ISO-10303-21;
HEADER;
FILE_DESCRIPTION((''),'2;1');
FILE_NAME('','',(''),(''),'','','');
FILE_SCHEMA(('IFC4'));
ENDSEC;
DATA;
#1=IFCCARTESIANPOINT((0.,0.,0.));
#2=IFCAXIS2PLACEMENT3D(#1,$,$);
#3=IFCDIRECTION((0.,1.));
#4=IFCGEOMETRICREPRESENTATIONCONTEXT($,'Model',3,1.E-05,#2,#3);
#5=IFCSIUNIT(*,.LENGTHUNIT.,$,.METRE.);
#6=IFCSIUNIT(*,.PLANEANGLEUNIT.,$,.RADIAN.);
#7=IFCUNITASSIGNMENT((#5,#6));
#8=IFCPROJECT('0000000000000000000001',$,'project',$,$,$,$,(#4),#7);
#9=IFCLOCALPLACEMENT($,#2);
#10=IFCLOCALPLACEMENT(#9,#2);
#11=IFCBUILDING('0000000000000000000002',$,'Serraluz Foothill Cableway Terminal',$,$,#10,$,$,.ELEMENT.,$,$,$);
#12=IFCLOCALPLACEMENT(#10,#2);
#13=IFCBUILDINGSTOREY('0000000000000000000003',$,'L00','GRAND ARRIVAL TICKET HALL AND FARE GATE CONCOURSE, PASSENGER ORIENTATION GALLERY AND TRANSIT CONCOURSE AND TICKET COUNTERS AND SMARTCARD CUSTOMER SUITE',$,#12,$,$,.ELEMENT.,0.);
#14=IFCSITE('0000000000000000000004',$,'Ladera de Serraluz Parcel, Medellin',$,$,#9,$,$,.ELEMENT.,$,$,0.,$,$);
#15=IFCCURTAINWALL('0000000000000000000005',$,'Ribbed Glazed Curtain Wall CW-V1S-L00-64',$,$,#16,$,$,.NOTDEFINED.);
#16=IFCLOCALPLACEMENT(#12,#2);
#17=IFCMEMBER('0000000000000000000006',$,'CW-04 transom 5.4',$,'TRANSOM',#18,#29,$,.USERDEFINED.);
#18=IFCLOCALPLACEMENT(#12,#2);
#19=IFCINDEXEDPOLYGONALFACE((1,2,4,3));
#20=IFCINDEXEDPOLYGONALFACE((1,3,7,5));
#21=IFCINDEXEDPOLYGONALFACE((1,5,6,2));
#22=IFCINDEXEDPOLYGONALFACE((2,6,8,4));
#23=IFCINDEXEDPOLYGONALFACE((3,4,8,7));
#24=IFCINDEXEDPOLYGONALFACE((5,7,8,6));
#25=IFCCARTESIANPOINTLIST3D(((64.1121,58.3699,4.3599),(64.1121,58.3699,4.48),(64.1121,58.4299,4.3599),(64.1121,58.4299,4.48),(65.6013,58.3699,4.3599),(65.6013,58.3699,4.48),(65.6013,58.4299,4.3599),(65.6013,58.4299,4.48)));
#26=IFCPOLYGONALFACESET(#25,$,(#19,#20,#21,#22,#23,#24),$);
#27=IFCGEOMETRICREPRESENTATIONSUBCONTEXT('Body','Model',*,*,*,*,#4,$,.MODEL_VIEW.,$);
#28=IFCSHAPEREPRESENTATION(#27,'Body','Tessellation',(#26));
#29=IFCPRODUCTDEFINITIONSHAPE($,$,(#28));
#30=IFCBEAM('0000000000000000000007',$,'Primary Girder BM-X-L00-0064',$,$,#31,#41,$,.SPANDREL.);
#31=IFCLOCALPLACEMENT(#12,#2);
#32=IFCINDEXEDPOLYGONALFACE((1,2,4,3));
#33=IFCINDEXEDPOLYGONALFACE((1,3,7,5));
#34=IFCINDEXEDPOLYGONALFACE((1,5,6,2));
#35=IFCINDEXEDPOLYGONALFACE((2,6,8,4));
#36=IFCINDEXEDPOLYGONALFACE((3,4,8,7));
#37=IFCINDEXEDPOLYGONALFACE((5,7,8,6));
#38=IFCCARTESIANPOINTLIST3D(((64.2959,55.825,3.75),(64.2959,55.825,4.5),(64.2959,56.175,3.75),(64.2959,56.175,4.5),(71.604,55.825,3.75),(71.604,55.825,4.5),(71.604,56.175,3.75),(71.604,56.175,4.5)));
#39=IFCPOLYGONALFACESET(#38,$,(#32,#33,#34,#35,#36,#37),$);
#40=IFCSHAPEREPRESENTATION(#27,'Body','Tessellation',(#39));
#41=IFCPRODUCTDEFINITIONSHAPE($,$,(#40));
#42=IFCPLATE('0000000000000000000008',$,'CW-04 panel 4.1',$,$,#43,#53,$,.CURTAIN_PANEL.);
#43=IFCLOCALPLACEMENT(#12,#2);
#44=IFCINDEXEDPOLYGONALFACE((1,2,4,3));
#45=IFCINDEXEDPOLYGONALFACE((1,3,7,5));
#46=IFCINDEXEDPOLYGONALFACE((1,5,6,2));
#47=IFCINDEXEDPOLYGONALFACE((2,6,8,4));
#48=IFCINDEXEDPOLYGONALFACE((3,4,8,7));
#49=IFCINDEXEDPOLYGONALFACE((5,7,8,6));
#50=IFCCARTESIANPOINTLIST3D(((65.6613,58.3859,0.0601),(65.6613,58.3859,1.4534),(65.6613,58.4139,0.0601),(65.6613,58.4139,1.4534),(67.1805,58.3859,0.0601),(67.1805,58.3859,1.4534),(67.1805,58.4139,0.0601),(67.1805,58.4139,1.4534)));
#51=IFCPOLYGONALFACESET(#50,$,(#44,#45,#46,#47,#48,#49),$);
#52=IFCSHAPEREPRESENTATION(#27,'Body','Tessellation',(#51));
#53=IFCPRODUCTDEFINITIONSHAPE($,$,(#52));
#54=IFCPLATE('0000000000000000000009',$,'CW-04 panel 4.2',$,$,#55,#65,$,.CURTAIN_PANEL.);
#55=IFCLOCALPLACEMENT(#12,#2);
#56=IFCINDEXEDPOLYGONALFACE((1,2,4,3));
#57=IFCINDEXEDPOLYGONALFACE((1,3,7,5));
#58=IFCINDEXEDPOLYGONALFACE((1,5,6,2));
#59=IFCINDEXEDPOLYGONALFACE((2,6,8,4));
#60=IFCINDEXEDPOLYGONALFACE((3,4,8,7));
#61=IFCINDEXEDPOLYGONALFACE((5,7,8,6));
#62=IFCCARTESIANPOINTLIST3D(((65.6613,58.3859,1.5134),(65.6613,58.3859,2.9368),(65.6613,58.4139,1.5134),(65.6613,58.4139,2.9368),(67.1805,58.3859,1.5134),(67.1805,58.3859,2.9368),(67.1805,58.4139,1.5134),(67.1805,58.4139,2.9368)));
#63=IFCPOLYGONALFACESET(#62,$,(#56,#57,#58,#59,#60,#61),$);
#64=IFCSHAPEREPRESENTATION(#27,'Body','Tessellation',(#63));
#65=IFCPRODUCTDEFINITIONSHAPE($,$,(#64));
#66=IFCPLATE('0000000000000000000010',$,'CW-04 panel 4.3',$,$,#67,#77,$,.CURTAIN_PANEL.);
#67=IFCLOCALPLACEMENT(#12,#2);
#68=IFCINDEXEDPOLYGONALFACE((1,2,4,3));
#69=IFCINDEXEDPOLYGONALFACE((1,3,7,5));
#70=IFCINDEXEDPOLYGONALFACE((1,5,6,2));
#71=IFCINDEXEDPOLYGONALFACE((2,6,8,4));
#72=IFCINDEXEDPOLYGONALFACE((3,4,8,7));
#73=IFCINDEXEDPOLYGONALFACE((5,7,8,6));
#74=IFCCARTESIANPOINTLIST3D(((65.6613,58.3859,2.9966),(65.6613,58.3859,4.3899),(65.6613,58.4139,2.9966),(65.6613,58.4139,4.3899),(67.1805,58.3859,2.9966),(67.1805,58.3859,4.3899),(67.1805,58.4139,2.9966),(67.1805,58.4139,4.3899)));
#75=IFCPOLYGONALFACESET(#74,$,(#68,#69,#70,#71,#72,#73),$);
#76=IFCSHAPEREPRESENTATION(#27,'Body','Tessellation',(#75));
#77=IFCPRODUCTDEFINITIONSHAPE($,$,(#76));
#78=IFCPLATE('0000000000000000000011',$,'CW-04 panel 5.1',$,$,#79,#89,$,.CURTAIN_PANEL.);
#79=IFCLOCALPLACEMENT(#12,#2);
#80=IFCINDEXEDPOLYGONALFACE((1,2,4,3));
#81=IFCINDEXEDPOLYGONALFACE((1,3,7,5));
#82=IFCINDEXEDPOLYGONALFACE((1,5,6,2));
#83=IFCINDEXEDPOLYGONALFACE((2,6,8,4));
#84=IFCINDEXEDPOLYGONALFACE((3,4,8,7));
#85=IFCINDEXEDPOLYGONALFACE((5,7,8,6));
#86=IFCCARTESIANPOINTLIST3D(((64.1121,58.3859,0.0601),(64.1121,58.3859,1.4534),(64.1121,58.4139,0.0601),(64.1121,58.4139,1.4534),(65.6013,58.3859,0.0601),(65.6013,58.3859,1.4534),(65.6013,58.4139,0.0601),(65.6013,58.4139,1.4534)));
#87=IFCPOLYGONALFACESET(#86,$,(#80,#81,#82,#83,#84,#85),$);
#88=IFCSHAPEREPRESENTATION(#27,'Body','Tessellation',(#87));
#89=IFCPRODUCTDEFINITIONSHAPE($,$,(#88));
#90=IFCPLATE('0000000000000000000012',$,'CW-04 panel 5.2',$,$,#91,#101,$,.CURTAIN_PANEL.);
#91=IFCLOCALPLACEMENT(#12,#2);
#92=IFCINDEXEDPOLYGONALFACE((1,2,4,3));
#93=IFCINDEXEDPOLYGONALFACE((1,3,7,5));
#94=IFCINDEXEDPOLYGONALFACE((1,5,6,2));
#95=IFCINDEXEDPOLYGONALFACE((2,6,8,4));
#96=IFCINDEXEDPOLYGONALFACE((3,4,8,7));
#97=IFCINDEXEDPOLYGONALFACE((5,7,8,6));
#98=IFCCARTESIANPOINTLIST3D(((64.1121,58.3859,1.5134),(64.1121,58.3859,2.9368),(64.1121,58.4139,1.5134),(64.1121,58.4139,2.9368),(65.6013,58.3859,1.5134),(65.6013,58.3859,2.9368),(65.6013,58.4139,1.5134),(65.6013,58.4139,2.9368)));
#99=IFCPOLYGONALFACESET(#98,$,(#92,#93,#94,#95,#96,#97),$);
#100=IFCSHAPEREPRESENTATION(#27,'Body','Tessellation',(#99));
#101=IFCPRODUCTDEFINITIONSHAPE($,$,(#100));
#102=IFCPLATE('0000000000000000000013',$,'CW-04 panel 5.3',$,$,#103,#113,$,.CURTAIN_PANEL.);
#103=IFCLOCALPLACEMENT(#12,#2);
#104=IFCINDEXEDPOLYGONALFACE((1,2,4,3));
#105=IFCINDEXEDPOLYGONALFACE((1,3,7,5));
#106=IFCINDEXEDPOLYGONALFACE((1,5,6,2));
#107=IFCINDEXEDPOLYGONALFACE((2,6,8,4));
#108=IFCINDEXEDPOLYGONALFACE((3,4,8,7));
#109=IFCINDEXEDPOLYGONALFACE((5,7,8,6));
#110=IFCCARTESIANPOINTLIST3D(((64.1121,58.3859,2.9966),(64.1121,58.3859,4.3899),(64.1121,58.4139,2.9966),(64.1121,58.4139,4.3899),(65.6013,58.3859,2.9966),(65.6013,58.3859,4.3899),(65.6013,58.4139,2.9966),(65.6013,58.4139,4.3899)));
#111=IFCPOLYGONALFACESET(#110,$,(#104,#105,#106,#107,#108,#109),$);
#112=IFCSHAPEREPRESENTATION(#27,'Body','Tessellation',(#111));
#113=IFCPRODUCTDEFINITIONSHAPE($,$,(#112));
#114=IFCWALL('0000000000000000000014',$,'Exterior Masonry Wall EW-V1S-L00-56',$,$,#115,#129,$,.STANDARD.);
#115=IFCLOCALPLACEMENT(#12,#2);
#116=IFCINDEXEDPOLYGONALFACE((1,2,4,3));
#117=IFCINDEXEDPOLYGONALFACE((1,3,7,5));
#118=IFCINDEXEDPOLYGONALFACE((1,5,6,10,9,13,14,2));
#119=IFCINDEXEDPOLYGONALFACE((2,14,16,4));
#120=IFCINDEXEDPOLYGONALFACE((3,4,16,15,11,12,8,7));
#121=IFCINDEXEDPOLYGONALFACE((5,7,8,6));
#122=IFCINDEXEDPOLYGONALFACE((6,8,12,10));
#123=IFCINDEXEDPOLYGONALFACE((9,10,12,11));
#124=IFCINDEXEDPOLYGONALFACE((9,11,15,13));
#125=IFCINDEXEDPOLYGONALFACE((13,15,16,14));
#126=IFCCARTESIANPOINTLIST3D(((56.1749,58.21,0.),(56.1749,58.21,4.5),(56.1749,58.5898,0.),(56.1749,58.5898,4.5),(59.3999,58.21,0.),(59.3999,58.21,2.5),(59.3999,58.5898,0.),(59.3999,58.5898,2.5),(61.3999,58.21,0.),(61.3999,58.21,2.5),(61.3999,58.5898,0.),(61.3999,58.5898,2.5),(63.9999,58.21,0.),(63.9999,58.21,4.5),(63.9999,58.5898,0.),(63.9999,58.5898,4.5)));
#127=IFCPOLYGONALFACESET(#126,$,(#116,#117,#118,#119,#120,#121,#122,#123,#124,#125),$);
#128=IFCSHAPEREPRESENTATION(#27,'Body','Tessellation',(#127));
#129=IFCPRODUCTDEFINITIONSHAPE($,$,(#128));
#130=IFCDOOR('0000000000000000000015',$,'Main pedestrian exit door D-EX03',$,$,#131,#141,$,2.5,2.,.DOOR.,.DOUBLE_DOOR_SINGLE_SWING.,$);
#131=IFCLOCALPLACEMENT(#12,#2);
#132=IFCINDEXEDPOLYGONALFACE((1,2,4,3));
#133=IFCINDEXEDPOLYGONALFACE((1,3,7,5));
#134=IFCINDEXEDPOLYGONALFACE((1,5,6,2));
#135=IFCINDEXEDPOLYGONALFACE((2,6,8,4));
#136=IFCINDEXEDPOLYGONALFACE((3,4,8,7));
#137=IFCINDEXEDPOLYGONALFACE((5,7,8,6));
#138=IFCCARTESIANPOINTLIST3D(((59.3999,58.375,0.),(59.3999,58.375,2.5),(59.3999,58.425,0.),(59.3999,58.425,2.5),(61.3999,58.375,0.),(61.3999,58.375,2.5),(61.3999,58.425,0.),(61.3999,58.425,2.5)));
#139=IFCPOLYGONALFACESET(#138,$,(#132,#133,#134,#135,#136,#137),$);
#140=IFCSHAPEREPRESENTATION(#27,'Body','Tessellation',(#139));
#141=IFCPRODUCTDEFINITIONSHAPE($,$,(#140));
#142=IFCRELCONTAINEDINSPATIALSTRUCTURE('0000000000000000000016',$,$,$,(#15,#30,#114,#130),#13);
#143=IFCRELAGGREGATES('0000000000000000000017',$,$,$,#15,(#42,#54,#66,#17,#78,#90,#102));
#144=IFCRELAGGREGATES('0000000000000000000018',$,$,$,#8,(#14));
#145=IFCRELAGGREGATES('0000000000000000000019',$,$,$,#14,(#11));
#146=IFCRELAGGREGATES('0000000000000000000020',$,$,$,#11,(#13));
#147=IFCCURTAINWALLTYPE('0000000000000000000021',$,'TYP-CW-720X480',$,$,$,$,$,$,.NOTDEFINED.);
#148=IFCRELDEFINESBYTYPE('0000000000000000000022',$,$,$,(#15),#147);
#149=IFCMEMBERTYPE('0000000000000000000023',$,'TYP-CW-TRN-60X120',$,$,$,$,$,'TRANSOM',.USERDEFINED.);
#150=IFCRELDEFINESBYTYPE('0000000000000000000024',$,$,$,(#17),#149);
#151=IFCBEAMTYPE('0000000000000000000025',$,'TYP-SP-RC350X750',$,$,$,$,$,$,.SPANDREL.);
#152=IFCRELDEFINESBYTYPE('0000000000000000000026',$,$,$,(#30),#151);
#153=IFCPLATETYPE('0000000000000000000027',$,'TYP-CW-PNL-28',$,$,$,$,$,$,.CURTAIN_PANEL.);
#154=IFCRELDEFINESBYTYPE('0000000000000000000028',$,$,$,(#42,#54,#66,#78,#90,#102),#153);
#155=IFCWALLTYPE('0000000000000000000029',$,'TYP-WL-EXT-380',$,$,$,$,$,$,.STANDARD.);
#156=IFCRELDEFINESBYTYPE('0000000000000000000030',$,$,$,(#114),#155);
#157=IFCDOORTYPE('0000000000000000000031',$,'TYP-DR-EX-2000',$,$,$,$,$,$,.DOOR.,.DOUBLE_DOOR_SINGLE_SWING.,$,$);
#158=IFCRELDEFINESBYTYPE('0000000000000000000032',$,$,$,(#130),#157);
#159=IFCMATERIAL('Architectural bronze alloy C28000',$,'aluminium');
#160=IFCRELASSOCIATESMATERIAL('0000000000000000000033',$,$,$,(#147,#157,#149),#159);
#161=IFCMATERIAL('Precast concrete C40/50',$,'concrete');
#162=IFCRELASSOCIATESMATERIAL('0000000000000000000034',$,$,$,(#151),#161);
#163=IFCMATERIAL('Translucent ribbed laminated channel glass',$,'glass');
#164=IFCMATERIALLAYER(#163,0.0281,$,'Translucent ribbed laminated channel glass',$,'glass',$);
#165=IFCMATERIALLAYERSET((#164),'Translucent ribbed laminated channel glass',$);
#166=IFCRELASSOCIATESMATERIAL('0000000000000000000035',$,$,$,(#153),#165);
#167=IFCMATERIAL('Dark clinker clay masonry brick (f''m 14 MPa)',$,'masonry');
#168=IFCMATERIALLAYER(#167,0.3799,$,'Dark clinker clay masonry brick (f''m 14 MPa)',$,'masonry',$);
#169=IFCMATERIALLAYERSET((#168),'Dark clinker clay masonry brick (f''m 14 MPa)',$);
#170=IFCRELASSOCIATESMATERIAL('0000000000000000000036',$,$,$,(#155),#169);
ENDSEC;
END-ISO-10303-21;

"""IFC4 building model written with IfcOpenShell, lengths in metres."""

from ifc_helpers import new_model, si_unit, direction, frame, frame_2d, origin, origin_2d, place, context, subcontext, project, spatial, rectangle, extrude, material, layer, layer_set, material_profile, profile_set, type_object, element, fill, aggregate, save


model = new_model("IFC4")

# Units and contexts
model_context = context("Model", 3, precision=1e-05, world=origin(), true_north=direction((0.0, 1.0)))
body_context = subcontext(model_context, "Body", "Model", "MODEL_VIEW")
ifc_project = project(units=[si_unit("LENGTHUNIT", "METRE"), si_unit("PLANEANGLEUNIT", "RADIAN")], contexts=[model_context])

# Site, building, storey
site_placement = place(None, origin())
site = spatial("IfcSite", under=ifc_project, at=site_placement, Name="Ladera de Serraluz Parcel, Medellin", CompositionType="ELEMENT", RefElevation=0.0)
building_placement = place(site_placement, origin())
building = spatial("IfcBuilding", under=site, at=building_placement, Name="Serraluz Foothill Cableway Terminal", CompositionType="ELEMENT")
storey_placement = place(building_placement, origin())
storey = spatial("IfcBuildingStorey", under=building, at=storey_placement, Name="L00", Description="GRAND ARRIVAL TICKET HALL AND FARE GATE CONCOURSE, PASSENGER ORIENTATION GALLERY AND TRANSIT CONCOURSE AND TICKET COUNTERS AND SMARTCARD CUSTOMER SUITE", CompositionType="ELEMENT", Elevation=0.0)

# Curtain wall, member
ifc_material_1 = material(Name="Architectural bronze alloy C28000", Category="aluminium")
curtain_wall_type = type_object("IfcCurtainWallType", Name="TYP-CW-720X480", PredefinedType="NOTDEFINED", material=ifc_material_1)
curtain_wall_placement = place(storey_placement, origin())
curtain_wall = element("IfcCurtainWall", 1, at=curtain_wall_placement, inside=storey, type_object=curtain_wall_type, Name="Ribbed Glazed Curtain Wall CW-V1S-L00-64", PredefinedType="NOTDEFINED")
ifc_material_profile_1 = material_profile(ifc_material_1, rectangle(XDim=0.0601, YDim=0.1201, at=origin_2d()), Name="ALU TRANSOM 60x120")
ifc_profile_set_1 = profile_set([ifc_material_profile_1], Name="Architectural bronze alloy C28000")
member_type_1 = type_object("IfcMemberType", Name="TYP-CW-TRN-60X120", ElementType="TRANSOM", PredefinedType="USERDEFINED", material=ifc_profile_set_1)
member_1_placement = place(storey_placement, frame((65.6013, 58.3999, 4.4199), z_axis=(-1.0, 0.0, 0.0), x_axis=(0.0, -1.0, 0.0)))
member_1 = element("IfcMember", 2, at=member_1_placement, type_object=member_type_1, Name="CW-04 transom 5.4", ObjectType="TRANSOM", PredefinedType="USERDEFINED", context=body_context, shape_type="SweptSolid", body=[
    extrude(rectangle(XDim=0.0601, YDim=0.1201, at=origin_2d()), origin(), (0.0, 0.0, 1.0), 1.4893),
])

# Beam
ifc_material_2 = material(Name="Precast concrete C40/50", Category="concrete")
ifc_material_profile_2 = material_profile(ifc_material_2, rectangle(XDim=0.3501, YDim=0.75, at=origin_2d()), Name="RC SP 350x750")
ifc_profile_set_2 = profile_set([ifc_material_profile_2], Name="Precast concrete C40/50")
beam_type = type_object("IfcBeamType", Name="TYP-SP-RC350X750", PredefinedType="SPANDREL", material=ifc_profile_set_2)
beam_placement = place(storey_placement, frame((64.2959, 56.0, 4.125), z_axis=(1.0, 0.0, 0.0), x_axis=(0.0, 1.0, 0.0)))
element("IfcBeam", 3, at=beam_placement, inside=storey, type_object=beam_type, Name="Primary Girder BM-X-L00-0064", PredefinedType="SPANDREL", context=body_context, shape_type="SweptSolid", body=[
    extrude(rectangle(XDim=0.3501, YDim=0.75, at=origin_2d()), origin(), (0.0, 0.0, 1.0), 7.3081),
])

# Plates
ifc_material_3 = material(Name="Translucent ribbed laminated channel glass", Category="glass")
ifc_layer_1 = layer(ifc_material_3, 0.0281, Name="Translucent ribbed laminated channel glass", Category="glass")
ifc_layer_set_1 = layer_set([ifc_layer_1], Name="Translucent ribbed laminated channel glass")
plate_type = type_object("IfcPlateType", Name="TYP-CW-PNL-28", PredefinedType="CURTAIN_PANEL", material=ifc_layer_set_1)
plate_1_placement = place(storey_placement, frame((66.4209, 58.3999, 0.0601), z_axis=(0.0, 0.0, 1.0), x_axis=(-1.0, 0.0, 0.0)))
plate_1 = element("IfcPlate", 4, at=plate_1_placement, type_object=plate_type, Name="CW-04 panel 4.1", PredefinedType="CURTAIN_PANEL", context=body_context, shape_type="SweptSolid", body=[
    extrude(rectangle(XDim=1.5193, YDim=0.0281, at=origin_2d()), origin(), (0.0, 0.0, 1.0), 1.3933),
])
plate_2_placement = place(storey_placement, frame((66.4209, 58.3999, 1.5134), z_axis=(0.0, 0.0, 1.0), x_axis=(-1.0, 0.0, 0.0)))
plate_2 = element("IfcPlate", 5, at=plate_2_placement, type_object=plate_type, Name="CW-04 panel 4.2", PredefinedType="CURTAIN_PANEL", context=body_context, shape_type="SweptSolid", body=[
    extrude(rectangle(XDim=1.5193, YDim=0.0281, at=origin_2d()), origin(), (0.0, 0.0, 1.0), 1.4233),
])
plate_3_placement = place(storey_placement, frame((66.4209, 58.3999, 2.9966), z_axis=(0.0, 0.0, 1.0), x_axis=(-1.0, 0.0, 0.0)))
plate_3 = element("IfcPlate", 6, at=plate_3_placement, type_object=plate_type, Name="CW-04 panel 4.3", PredefinedType="CURTAIN_PANEL", context=body_context, shape_type="SweptSolid", body=[
    extrude(rectangle(XDim=1.5193, YDim=0.0281, at=origin_2d()), origin(), (0.0, 0.0, 1.0), 1.3933),
])
plate_4_placement = place(storey_placement, frame((64.8567, 58.3999, 0.0601), z_axis=(0.0, 0.0, 1.0), x_axis=(-1.0, 0.0, 0.0)))
plate_4 = element("IfcPlate", 7, at=plate_4_placement, type_object=plate_type, Name="CW-04 panel 5.1", PredefinedType="CURTAIN_PANEL", context=body_context, shape_type="SweptSolid", body=[
    extrude(rectangle(XDim=1.4893, YDim=0.0281, at=origin_2d()), origin(), (0.0, 0.0, 1.0), 1.3933),
])
plate_5_placement = place(storey_placement, frame((64.8567, 58.3999, 1.5134), z_axis=(0.0, 0.0, 1.0), x_axis=(-1.0, 0.0, 0.0)))
plate_5 = element("IfcPlate", 8, at=plate_5_placement, type_object=plate_type, Name="CW-04 panel 5.2", PredefinedType="CURTAIN_PANEL", context=body_context, shape_type="SweptSolid", body=[
    extrude(rectangle(XDim=1.4893, YDim=0.0281, at=origin_2d()), origin(), (0.0, 0.0, 1.0), 1.4233),
])
plate_6_placement = place(storey_placement, frame((64.8567, 58.3999, 2.9966), z_axis=(0.0, 0.0, 1.0), x_axis=(-1.0, 0.0, 0.0)))
plate_6 = element("IfcPlate", 9, at=plate_6_placement, type_object=plate_type, Name="CW-04 panel 5.3", PredefinedType="CURTAIN_PANEL", context=body_context, shape_type="SweptSolid", body=[
    extrude(rectangle(XDim=1.4893, YDim=0.0281, at=origin_2d()), origin(), (0.0, 0.0, 1.0), 1.3933),
])
aggregate(curtain_wall, [plate_1, plate_2, plate_3, member_1, plate_4, plate_5, plate_6])

# Wall, opening, door
ifc_material_4 = material(Name="Dark clinker clay masonry brick (f'm 14 MPa)", Category="masonry")
ifc_layer_2 = layer(ifc_material_4, 0.3799, Name="Dark clinker clay masonry brick (f'm 14 MPa)", Category="masonry")
ifc_layer_set_2 = layer_set([ifc_layer_2], Name="Dark clinker clay masonry brick (f'm 14 MPa)")
wall_type = type_object("IfcWallType", Name="TYP-WL-EXT-380", PredefinedType="STANDARD", material=ifc_layer_set_2)
wall_placement = place(storey_placement, frame((64.0, 58.3999, 0.0), z_axis=(0.0, 0.0, 1.0), x_axis=(-1.0, 0.0, 0.0)))
wall = element("IfcWall", 10, at=wall_placement, inside=storey, type_object=wall_type, Name="Exterior Masonry Wall EW-V1S-L00-56", PredefinedType="STANDARD", context=body_context, shape_type="SweptSolid", body=[
    extrude(rectangle(XDim=7.825, YDim=0.3799, at=frame_2d((3.9126, 0.0))), origin(), (0.0, 0.0, 1.0), 4.5),
])
opening_placement = place(wall_placement, frame((2.6001, 0.0, 0.0)))
opening = element("IfcOpeningElement", 11, at=opening_placement, cuts=wall, PredefinedType="OPENING", context=body_context, shape_type="SweptSolid", body=[
    extrude(rectangle(XDim=2.0, YDim=2.5, at=frame_2d((1.0, 1.25))), frame((0.0, 0.2, 0.0), z_axis=(0.0, -1.0, 0.0), x_axis=(1.0, 0.0, 0.0)), (0.0, 0.0, 1.0), 0.3999),
])
door_type = type_object("IfcDoorType", Name="TYP-DR-EX-2000", OperationType="DOUBLE_DOOR_SINGLE_SWING", PredefinedType="DOOR", material=ifc_material_1)
door_placement = place(opening_placement, origin())
door = element("IfcDoor", 12, at=door_placement, inside=storey, type_object=door_type, Name="Main pedestrian exit door D-EX03", OperationType="DOUBLE_DOOR_SINGLE_SWING", OverallHeight=2.5, OverallWidth=2.0, PredefinedType="DOOR", context=body_context, shape_type="SweptSolid", body=[
    extrude(rectangle(XDim=2.0, YDim=2.5, at=frame_2d((1.0, 1.25))), frame((0.0, 0.0249, 0.0), z_axis=(0.0, -1.0, 0.0), x_axis=(1.0, 0.0, 0.0)), (0.0, 0.0, 1.0), 0.05),
])
fill(opening, door)

save(model, "model.ifc")
